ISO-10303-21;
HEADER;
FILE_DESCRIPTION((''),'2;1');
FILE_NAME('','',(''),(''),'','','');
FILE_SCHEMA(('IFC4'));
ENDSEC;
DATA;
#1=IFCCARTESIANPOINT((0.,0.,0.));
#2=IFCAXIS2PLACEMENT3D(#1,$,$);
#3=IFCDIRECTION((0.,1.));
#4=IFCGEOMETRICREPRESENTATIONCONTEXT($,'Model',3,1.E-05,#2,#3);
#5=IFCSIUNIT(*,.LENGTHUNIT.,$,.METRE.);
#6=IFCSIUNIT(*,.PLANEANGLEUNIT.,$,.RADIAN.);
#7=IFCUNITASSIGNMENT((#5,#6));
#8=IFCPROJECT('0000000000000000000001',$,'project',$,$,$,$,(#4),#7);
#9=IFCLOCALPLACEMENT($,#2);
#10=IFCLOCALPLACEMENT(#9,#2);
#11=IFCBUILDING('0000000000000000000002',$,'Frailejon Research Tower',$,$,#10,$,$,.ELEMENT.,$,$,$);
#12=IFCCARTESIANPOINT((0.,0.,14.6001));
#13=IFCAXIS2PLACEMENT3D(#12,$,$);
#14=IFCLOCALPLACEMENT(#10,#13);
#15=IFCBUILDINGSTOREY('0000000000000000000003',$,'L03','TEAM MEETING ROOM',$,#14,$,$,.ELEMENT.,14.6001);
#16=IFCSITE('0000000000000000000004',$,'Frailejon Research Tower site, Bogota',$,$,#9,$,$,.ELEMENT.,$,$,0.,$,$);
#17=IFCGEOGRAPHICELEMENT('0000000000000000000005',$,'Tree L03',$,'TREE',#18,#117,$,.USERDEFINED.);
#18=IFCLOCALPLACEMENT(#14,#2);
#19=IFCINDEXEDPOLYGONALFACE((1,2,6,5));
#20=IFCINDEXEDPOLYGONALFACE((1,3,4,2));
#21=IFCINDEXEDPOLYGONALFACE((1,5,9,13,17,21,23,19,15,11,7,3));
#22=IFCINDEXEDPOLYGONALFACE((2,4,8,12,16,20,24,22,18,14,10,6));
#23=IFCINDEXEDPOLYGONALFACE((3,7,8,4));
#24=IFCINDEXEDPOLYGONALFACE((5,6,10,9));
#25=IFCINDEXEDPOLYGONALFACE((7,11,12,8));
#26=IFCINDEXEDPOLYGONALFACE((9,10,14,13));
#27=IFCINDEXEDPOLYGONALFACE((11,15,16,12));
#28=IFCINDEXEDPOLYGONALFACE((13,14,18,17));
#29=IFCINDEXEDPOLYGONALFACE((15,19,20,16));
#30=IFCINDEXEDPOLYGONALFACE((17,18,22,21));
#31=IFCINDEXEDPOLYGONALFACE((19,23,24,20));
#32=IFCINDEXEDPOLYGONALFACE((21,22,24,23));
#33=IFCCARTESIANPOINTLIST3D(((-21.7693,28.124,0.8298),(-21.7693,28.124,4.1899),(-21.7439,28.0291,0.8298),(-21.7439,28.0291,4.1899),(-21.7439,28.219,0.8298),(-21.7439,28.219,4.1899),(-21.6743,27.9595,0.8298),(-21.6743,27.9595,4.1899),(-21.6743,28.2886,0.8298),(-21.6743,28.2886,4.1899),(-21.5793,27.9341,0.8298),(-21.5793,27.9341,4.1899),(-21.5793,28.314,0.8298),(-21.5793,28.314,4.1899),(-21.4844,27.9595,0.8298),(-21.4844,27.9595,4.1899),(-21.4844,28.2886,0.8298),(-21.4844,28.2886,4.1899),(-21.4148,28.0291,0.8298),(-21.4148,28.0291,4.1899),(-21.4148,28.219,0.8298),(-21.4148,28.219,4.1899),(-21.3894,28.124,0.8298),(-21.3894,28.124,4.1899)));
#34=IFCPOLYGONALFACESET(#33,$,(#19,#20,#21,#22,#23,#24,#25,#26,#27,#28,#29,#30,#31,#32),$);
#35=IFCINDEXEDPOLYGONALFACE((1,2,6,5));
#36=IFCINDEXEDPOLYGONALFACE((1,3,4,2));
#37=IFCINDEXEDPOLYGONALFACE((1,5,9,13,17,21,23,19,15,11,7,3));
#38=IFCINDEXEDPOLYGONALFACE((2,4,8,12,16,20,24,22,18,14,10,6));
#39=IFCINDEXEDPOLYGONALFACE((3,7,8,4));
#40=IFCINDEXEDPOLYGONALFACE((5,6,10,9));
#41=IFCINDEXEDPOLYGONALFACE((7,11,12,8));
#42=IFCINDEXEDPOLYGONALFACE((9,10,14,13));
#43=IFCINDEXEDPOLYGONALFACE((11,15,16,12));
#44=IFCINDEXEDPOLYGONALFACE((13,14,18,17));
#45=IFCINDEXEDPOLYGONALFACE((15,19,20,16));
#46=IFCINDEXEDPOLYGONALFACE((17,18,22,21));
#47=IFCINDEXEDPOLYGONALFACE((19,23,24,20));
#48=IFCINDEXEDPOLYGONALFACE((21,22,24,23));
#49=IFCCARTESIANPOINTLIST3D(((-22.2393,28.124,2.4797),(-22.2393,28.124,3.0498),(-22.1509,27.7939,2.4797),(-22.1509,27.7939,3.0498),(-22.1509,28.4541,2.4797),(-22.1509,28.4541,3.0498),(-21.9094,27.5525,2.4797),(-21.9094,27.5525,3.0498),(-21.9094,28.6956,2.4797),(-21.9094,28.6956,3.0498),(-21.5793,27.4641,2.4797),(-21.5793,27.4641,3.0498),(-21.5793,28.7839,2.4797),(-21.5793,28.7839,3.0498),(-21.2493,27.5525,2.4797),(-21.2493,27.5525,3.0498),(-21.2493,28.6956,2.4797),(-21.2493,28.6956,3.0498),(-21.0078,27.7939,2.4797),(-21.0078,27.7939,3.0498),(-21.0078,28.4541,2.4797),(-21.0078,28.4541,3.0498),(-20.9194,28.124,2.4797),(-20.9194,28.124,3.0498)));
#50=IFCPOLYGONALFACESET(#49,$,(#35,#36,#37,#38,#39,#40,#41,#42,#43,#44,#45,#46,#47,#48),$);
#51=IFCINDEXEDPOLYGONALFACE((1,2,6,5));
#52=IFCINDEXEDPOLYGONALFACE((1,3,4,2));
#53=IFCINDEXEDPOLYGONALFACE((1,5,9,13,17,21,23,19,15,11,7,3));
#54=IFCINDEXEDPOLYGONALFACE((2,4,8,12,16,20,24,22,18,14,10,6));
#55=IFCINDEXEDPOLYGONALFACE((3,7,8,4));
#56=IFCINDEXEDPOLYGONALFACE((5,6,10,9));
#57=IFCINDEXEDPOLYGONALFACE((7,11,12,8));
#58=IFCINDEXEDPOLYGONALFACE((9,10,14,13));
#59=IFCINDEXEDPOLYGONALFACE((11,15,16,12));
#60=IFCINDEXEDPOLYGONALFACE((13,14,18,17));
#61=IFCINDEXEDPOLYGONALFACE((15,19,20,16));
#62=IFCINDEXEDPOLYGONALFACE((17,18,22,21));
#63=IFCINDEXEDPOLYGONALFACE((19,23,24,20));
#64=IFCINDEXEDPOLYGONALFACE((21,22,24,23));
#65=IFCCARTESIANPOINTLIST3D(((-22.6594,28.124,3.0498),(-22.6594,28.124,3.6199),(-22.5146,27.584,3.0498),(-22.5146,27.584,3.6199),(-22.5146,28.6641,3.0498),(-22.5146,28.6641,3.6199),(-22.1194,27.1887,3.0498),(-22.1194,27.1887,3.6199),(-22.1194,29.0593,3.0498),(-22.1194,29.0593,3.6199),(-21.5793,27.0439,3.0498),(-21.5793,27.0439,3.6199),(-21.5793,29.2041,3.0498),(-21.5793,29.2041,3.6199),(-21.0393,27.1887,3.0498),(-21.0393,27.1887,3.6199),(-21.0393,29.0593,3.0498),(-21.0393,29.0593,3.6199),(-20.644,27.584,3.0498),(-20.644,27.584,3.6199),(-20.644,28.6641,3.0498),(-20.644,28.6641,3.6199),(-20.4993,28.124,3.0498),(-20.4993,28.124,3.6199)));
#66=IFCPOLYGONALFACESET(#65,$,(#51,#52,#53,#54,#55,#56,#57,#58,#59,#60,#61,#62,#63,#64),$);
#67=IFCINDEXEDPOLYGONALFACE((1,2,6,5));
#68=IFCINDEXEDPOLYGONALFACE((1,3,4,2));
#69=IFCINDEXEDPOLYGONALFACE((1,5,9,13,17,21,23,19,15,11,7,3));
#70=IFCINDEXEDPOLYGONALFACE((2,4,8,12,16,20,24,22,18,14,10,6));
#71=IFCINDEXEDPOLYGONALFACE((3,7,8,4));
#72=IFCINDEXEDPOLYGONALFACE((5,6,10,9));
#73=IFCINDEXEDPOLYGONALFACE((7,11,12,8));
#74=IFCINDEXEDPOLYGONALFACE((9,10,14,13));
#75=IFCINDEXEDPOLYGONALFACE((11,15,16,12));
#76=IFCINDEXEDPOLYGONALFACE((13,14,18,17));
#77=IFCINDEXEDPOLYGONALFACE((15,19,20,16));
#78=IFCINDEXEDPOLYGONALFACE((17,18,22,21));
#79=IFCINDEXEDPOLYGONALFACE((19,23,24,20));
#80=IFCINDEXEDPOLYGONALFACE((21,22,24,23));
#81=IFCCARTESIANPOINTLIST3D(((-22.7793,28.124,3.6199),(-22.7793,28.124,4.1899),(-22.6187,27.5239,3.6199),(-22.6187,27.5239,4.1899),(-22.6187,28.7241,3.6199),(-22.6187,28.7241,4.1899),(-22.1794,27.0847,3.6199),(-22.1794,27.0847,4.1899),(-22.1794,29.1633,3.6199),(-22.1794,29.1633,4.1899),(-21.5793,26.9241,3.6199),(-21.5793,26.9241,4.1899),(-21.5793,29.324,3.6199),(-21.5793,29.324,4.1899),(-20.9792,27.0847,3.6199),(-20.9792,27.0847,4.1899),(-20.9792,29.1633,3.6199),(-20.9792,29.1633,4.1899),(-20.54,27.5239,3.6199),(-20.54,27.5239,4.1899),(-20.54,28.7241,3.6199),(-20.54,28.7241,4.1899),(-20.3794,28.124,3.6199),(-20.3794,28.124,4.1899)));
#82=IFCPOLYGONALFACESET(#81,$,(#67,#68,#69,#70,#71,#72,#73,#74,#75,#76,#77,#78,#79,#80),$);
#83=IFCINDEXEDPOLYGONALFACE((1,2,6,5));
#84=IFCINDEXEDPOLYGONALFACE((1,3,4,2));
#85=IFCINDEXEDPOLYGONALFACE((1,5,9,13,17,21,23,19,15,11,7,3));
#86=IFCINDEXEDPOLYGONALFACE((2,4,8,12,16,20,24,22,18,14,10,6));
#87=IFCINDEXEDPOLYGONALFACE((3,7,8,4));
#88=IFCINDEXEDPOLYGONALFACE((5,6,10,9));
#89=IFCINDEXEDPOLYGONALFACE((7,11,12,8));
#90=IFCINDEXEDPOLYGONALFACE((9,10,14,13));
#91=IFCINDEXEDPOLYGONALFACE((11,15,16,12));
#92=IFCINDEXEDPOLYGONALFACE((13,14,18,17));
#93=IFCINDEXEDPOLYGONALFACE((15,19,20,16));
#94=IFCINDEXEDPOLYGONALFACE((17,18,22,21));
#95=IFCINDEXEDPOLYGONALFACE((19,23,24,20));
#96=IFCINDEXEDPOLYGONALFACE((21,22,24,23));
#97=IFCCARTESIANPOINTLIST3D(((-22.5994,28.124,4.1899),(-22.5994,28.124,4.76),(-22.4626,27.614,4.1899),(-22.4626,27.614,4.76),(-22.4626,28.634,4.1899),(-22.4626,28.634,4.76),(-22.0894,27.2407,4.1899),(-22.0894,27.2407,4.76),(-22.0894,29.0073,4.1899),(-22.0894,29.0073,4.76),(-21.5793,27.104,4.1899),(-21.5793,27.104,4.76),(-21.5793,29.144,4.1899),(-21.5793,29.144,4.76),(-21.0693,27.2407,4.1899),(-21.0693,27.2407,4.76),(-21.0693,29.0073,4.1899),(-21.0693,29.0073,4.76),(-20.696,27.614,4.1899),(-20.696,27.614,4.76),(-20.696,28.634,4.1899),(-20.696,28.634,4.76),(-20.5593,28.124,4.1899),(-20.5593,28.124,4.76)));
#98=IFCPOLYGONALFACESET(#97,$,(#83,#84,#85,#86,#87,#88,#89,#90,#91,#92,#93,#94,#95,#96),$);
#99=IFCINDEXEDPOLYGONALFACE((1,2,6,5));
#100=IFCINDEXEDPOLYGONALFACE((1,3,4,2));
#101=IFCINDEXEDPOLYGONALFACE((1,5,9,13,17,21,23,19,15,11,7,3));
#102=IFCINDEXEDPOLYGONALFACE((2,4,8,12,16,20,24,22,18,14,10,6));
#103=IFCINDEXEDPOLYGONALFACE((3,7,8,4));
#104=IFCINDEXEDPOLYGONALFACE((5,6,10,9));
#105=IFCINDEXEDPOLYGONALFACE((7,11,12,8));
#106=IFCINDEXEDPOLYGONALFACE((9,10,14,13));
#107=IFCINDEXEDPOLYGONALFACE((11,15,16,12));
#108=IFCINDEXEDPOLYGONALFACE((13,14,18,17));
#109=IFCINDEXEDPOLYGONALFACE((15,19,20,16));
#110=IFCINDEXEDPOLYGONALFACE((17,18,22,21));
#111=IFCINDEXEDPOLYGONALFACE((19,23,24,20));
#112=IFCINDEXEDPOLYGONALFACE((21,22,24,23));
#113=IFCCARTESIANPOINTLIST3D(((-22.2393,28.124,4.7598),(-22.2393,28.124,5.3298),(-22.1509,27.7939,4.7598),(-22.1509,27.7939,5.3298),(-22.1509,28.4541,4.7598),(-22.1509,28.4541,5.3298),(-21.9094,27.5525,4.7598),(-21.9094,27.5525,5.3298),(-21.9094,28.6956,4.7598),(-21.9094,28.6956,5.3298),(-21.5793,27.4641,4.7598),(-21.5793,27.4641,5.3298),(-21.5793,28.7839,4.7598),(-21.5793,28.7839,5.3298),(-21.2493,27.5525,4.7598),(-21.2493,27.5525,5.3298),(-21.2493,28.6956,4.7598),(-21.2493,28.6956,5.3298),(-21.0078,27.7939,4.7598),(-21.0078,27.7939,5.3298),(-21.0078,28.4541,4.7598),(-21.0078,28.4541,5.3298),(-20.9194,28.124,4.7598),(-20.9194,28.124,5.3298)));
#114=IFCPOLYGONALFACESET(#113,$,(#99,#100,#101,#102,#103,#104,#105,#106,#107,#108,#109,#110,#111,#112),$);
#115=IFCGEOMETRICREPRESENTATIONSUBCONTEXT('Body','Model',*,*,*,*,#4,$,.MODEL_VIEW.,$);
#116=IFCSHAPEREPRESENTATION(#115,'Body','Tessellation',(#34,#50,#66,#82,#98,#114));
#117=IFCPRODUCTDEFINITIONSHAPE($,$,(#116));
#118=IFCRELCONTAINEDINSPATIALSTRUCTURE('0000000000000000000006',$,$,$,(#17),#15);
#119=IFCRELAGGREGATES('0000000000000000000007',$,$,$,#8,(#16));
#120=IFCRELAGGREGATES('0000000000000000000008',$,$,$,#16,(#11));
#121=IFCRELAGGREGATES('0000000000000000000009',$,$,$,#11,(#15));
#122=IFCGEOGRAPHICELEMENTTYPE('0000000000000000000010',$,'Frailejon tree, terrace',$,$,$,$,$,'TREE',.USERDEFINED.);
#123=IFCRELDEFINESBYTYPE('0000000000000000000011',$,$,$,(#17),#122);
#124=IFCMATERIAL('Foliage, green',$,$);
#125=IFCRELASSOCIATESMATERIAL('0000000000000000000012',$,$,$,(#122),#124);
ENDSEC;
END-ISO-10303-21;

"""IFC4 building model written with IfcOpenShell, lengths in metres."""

from ifc_helpers import new_model, si_unit, direction, frame, origin, place, context, subcontext, project, spatial, polyline, outline, extrude, material, type_object, element, save


model = new_model("IFC4")

# Units and contexts
model_context = context("Model", 3, precision=1e-05, world=origin(), true_north=direction((0.0, 1.0)))
body_context = subcontext(model_context, "Body", "Model", "MODEL_VIEW")
ifc_project = project(units=[si_unit("LENGTHUNIT", "METRE"), si_unit("PLANEANGLEUNIT", "RADIAN")], contexts=[model_context])

# Site, building, storey
site_placement = place(None, origin())
site = spatial("IfcSite", under=ifc_project, at=site_placement, Name="Frailejon Research Tower site, Bogota", CompositionType="ELEMENT", RefElevation=0.0)
building_placement = place(site_placement, origin())
building = spatial("IfcBuilding", under=site, at=building_placement, Name="Frailejon Research Tower", CompositionType="ELEMENT")
storey_placement = place(building_placement, frame((0.0, 0.0, 14.6001)))
storey = spatial("IfcBuildingStorey", under=building, at=storey_placement, Name="L03", Description="TEAM MEETING ROOM", CompositionType="ELEMENT", Elevation=14.6001)

# Geographic element
ifc_material_1 = material(Name="Foliage, green")
geographic_element_type = type_object("IfcGeographicElementType", Name="Frailejon tree, terrace", ElementType="TREE", PredefinedType="USERDEFINED", material=ifc_material_1)
geographic_element_placement = place(storey_placement, frame((-21.5793, 28.124, 0.8298)))
element("IfcGeographicElement", 1, at=geographic_element_placement, inside=storey, type_object=geographic_element_type, Name="Tree L03", ObjectType="TREE", PredefinedType="USERDEFINED", context=body_context, shape_type="SweptSolid", body=[
    extrude(outline(polyline([(0.1899, 0.0), (0.1646, 0.095), (0.095, 0.1646), (0.0, 0.1899), (-0.095, 0.1646), (-0.1646, 0.095), (-0.1899, 0.0), (-0.1646, -0.095), (-0.095, -0.1646), (0.0, -0.1899), (0.095, -0.1646), (0.1646, -0.095), (0.1899, 0.0)])), origin(), (0.0, 0.0, 1.0), 3.3601),
    extrude(outline(polyline([(0.6599, 0.0), (0.5715, 0.3301), (0.3301, 0.5715), (0.0, 0.6599), (-0.3301, 0.5715), (-0.5715, 0.3301), (-0.6599, 0.0), (-0.5715, -0.3301), (-0.3301, -0.5715), (0.0, -0.6599), (0.3301, -0.5715), (0.5715, -0.3301), (0.6599, 0.0)])), frame((0.0, 0.0, 1.6499)), (0.0, 0.0, 1.0), 0.5701),
    extrude(outline(polyline([(1.0801, 0.0), (0.9353, 0.54), (0.54, 0.9353), (0.0, 1.0801), (-0.54, 0.9353), (-0.9353, 0.54), (-1.0801, 0.0), (-0.9353, -0.54), (-0.54, -0.9353), (0.0, -1.0801), (0.54, -0.9353), (0.9353, -0.54), (1.0801, 0.0)])), frame((0.0, 0.0, 2.22)), (0.0, 0.0, 1.0), 0.5701),
    extrude(outline(polyline([(1.2, 0.0), (1.0393, 0.6001), (0.6001, 1.0393), (0.0, 1.2), (-0.6001, 1.0393), (-1.0393, 0.6001), (-1.2, 0.0), (-1.0393, -0.6001), (-0.6001, -1.0393), (0.0, -1.2), (0.6001, -1.0393), (1.0393, -0.6001), (1.2, 0.0)])), frame((0.0, 0.0, 2.79)), (0.0, 0.0, 1.0), 0.5701),
    extrude(outline(polyline([(1.02, 0.0), (0.8833, 0.51), (0.51, 0.8833), (0.0, 1.02), (-0.51, 0.8833), (-0.8833, 0.51), (-1.02, 0.0), (-0.8833, -0.51), (-0.51, -0.8833), (0.0, -1.02), (0.51, -0.8833), (0.8833, -0.51), (1.02, 0.0)])), frame((0.0, 0.0, 3.3601)), (0.0, 0.0, 1.0), 0.5701),
    extrude(outline(polyline([(0.6599, 0.0), (0.5715, 0.3301), (0.3301, 0.5715), (0.0, 0.6599), (-0.3301, 0.5715), (-0.5715, 0.3301), (-0.6599, 0.0), (-0.5715, -0.3301), (-0.3301, -0.5715), (0.0, -0.6599), (0.3301, -0.5715), (0.5715, -0.3301), (0.6599, 0.0)])), frame((0.0, 0.0, 3.9299)), (0.0, 0.0, 1.0), 0.5701),
])

save(model, "model.ifc")
